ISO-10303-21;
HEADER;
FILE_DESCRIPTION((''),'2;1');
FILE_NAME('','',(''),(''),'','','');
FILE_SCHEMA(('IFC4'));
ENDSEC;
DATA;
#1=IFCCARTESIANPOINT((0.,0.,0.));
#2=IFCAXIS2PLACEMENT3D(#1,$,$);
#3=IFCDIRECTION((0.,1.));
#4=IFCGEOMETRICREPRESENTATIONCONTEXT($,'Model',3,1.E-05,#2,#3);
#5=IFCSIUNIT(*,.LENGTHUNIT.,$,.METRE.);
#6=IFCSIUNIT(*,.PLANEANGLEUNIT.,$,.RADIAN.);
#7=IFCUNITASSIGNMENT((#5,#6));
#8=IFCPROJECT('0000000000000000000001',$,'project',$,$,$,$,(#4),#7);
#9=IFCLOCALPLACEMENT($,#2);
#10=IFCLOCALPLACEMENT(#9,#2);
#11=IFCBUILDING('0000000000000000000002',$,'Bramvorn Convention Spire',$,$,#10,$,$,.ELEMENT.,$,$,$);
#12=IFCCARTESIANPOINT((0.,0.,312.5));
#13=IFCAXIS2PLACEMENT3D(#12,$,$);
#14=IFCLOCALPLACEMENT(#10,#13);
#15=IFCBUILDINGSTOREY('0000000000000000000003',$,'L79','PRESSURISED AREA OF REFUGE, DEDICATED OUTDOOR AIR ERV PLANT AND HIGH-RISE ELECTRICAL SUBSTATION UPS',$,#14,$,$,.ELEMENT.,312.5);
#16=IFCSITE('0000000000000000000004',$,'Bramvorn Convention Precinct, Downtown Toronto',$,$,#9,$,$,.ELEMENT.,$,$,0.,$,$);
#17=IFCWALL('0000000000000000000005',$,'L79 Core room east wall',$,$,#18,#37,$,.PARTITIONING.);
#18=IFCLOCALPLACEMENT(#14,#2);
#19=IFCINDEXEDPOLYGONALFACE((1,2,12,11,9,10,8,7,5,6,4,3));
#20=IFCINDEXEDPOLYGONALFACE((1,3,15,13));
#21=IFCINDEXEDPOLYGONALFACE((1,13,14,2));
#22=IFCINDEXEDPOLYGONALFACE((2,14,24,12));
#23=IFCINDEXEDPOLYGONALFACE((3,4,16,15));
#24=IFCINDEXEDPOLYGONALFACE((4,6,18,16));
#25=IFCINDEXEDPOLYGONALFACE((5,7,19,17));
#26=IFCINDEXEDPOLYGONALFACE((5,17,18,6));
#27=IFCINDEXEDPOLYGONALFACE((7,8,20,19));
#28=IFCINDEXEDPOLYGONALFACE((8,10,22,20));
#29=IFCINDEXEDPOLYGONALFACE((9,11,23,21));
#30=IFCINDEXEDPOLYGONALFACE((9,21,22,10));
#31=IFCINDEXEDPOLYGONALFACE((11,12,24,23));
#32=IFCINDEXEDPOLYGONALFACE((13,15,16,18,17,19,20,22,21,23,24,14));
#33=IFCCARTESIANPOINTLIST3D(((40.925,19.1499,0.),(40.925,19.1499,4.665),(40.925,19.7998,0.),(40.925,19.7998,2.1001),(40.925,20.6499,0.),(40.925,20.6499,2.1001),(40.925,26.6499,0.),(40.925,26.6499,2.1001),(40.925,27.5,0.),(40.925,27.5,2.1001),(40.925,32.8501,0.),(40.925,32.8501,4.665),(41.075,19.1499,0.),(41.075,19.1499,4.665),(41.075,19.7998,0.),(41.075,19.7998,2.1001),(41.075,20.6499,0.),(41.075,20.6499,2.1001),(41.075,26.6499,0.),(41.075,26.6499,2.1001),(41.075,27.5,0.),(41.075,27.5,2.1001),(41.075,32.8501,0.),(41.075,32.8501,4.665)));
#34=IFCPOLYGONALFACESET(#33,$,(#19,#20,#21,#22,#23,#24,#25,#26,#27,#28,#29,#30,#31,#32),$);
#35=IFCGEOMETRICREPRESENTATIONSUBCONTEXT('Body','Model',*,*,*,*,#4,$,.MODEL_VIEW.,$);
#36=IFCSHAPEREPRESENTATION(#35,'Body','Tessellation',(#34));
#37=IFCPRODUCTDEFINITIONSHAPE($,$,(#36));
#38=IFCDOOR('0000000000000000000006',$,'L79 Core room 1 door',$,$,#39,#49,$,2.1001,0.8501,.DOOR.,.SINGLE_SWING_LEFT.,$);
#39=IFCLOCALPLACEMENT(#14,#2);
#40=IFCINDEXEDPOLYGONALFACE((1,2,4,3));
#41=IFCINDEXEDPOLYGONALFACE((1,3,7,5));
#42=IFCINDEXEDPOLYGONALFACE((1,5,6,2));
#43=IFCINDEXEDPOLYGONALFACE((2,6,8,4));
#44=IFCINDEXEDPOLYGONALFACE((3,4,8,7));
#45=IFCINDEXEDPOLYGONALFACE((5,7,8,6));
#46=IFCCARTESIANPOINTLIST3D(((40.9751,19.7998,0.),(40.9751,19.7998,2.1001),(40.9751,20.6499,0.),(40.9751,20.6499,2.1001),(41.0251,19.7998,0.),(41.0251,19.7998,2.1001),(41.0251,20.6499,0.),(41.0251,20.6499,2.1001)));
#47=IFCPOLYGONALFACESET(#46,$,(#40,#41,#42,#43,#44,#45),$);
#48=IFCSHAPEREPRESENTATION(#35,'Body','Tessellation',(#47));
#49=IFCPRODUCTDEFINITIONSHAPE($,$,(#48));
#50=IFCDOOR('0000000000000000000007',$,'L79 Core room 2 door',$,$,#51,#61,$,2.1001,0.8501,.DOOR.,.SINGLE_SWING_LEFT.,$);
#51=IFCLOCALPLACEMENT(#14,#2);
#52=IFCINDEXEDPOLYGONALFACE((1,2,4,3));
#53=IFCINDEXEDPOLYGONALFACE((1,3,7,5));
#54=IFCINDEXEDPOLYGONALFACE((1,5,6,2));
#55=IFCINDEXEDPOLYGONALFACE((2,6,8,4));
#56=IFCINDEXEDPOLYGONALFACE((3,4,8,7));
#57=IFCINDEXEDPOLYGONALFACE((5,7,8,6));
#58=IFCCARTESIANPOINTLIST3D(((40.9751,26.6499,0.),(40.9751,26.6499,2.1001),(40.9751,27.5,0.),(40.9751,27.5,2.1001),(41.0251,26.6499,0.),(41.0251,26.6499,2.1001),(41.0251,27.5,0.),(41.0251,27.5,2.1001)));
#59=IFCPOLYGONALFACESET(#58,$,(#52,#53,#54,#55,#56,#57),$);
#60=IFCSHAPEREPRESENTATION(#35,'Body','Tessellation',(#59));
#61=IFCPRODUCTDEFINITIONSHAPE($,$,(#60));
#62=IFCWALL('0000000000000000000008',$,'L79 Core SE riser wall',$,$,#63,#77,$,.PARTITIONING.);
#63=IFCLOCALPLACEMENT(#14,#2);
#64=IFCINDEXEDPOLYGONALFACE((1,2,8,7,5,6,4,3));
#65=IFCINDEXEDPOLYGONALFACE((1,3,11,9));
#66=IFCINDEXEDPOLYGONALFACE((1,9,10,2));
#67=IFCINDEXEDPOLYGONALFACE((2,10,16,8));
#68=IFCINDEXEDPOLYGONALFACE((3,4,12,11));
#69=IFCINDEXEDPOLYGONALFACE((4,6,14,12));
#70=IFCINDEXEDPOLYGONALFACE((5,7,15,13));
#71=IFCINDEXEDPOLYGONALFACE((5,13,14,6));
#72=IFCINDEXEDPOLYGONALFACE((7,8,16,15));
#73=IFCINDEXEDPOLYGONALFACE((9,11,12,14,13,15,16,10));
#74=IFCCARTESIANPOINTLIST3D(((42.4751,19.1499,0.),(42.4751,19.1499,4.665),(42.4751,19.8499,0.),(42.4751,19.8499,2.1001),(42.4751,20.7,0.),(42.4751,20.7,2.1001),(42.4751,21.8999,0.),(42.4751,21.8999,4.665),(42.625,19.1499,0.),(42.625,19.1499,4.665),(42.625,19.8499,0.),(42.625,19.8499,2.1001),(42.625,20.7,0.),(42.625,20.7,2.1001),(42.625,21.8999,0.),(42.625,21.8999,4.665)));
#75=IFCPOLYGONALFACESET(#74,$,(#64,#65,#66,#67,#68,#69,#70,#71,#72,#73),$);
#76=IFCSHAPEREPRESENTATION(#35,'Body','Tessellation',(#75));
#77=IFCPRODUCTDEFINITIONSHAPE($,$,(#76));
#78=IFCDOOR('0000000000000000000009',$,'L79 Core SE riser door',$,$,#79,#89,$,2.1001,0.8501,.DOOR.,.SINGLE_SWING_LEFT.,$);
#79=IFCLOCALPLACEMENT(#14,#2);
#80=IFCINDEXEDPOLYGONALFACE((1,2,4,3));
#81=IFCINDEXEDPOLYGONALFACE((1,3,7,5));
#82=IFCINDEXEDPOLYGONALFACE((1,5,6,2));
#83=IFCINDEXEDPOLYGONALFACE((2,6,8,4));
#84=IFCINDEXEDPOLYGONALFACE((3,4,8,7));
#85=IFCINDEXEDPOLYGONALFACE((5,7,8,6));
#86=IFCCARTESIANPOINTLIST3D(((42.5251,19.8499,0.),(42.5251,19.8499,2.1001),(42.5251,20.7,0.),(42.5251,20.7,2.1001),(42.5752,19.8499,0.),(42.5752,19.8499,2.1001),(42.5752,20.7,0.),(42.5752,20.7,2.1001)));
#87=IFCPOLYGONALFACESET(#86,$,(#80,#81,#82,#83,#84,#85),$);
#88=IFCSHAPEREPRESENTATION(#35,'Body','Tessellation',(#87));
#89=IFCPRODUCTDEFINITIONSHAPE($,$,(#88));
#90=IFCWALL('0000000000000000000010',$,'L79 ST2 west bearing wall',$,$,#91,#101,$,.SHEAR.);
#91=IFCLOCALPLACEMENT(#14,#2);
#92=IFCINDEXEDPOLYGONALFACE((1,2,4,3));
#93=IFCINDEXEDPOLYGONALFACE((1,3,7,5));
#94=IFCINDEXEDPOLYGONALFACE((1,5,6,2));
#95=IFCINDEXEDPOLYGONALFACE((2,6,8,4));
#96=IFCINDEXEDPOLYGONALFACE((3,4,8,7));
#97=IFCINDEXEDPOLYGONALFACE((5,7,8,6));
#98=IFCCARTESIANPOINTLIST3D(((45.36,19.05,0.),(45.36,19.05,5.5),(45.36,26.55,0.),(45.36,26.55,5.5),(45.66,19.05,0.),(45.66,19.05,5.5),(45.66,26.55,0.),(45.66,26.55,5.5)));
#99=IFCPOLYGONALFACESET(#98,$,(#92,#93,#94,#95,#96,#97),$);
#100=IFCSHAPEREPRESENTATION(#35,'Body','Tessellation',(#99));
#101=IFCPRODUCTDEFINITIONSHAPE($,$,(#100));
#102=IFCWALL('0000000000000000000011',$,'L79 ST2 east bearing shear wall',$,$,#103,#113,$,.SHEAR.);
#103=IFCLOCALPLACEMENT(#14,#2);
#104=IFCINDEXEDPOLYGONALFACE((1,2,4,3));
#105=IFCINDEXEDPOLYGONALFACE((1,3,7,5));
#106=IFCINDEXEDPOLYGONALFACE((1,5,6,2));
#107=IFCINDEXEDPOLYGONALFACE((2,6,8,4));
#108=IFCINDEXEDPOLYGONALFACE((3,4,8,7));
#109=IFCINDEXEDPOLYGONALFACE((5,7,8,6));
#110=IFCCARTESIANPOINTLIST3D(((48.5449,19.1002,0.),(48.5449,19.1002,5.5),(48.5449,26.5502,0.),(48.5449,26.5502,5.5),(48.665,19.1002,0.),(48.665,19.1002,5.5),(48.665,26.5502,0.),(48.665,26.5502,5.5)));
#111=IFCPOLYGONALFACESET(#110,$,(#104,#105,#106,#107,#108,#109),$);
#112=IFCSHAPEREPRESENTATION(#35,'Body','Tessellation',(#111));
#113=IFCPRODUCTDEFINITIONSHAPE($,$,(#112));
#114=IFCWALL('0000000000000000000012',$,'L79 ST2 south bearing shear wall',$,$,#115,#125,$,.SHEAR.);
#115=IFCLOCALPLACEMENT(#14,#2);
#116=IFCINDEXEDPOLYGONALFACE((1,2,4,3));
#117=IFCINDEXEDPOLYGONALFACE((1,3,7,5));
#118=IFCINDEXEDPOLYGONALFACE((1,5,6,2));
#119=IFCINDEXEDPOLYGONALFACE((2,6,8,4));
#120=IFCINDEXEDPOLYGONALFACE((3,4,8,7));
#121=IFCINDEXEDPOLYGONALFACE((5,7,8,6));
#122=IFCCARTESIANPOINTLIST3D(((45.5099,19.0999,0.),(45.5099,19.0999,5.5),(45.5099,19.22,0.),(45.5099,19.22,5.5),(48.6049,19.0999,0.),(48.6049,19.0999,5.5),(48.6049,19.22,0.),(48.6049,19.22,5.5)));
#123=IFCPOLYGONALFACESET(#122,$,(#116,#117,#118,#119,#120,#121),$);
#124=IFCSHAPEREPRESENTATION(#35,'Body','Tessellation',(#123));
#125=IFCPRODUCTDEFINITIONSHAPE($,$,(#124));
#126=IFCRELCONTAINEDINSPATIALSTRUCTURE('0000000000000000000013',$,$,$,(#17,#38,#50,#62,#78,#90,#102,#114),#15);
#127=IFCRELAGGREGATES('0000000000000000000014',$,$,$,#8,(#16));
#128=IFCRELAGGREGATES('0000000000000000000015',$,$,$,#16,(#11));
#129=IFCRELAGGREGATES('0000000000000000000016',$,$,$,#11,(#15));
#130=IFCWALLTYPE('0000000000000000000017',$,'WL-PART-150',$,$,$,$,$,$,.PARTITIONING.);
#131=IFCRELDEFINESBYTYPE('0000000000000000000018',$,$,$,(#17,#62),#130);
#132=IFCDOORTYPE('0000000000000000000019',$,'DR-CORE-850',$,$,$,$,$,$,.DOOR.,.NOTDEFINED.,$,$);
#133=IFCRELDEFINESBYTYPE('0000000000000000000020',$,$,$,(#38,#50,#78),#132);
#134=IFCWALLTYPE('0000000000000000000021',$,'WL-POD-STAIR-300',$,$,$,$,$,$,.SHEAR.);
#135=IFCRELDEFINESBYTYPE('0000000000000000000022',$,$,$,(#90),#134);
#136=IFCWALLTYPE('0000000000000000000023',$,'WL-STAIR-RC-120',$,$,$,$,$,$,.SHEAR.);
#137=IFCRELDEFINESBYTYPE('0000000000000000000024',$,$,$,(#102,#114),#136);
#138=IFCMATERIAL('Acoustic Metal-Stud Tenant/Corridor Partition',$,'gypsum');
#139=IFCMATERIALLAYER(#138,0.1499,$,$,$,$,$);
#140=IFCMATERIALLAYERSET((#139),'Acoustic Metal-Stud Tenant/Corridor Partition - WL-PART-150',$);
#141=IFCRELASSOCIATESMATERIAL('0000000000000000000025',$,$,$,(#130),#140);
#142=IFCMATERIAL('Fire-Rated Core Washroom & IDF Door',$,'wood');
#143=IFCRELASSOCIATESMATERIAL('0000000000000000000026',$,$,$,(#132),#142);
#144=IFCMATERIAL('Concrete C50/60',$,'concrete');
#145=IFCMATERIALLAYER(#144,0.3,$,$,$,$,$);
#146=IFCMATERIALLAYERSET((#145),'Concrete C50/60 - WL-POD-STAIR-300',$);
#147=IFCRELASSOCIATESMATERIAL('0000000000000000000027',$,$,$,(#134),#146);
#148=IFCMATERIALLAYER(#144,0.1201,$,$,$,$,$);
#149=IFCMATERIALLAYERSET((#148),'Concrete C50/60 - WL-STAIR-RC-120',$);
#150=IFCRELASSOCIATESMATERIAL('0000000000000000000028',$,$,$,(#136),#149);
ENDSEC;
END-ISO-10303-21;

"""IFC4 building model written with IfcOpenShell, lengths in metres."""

from ifc_helpers import new_model, si_unit, direction, frame, frame_2d, origin, place, context, subcontext, project, spatial, rectangle, extrude, material, layer, layer_set, type_object, element, fill, save


model = new_model("IFC4")

# Units and contexts
model_context = context("Model", 3, precision=1e-05, world=origin(), true_north=direction((0.0, 1.0)))
body_context = subcontext(model_context, "Body", "Model", "MODEL_VIEW")
ifc_project = project(units=[si_unit("LENGTHUNIT", "METRE"), si_unit("PLANEANGLEUNIT", "RADIAN")], contexts=[model_context])

# Site, building, storey
site_placement = place(None, origin())
site = spatial("IfcSite", under=ifc_project, at=site_placement, Name="Bramvorn Convention Precinct, Downtown Toronto", CompositionType="ELEMENT", RefElevation=0.0)
building_placement = place(site_placement, origin())
building = spatial("IfcBuilding", under=site, at=building_placement, Name="Bramvorn Convention Spire", CompositionType="ELEMENT")
storey_placement = place(building_placement, frame((0.0, 0.0, 312.5)))
storey = spatial("IfcBuildingStorey", under=building, at=storey_placement, Name="L79", Description="PRESSURISED AREA OF REFUGE, DEDICATED OUTDOOR AIR ERV PLANT AND HIGH-RISE ELECTRICAL SUBSTATION UPS", CompositionType="ELEMENT", Elevation=312.5)

# Shared definitions
ifc_material_1 = material(Name="Concrete C50/60", Category="concrete")

# Wall, openings, doors
ifc_material_2 = material(Name="Acoustic Metal-Stud Tenant/Corridor Partition", Category="gypsum")
ifc_layer_1 = layer(ifc_material_2, 0.1499)
ifc_layer_set_1 = layer_set([ifc_layer_1], Name="Acoustic Metal-Stud Tenant/Corridor Partition - WL-PART-150")
wall_type_1 = type_object("IfcWallType", Name="WL-PART-150", PredefinedType="PARTITIONING", material=ifc_layer_set_1)
wall_1_placement = place(storey_placement, frame((41.0, 19.1499, 0.0), z_axis=(0.0, 0.0, 1.0), x_axis=(0.0, 1.0, 0.0)))
wall_1 = element("IfcWall", 1, at=wall_1_placement, inside=storey, type_object=wall_type_1, Name="L79 Core room east wall", PredefinedType="PARTITIONING", context=body_context, shape_type="SweptSolid", body=[
    extrude(rectangle(XDim=13.7002, YDim=0.1499, at=frame_2d((6.8501, 0.0))), origin(), (0.0, 0.0, 1.0), 4.665),
])
opening_1_placement = place(wall_1_placement, frame((0.6499, 0.0, 0.0)))
opening_1 = element("IfcOpeningElement", 2, at=opening_1_placement, cuts=wall_1, PredefinedType="OPENING", context=body_context, shape_type="SweptSolid", body=[
    extrude(rectangle(XDim=0.8501, YDim=2.1001, at=frame_2d((0.425, 1.05))), frame((0.0, 0.085, 0.0), z_axis=(0.0, -1.0, 0.0), x_axis=(1.0, 0.0, 0.0)), (0.0, 0.0, 1.0), 0.1699),
])
opening_2_placement = place(wall_1_placement, frame((7.5, 0.0, 0.0)))
opening_2 = element("IfcOpeningElement", 3, at=opening_2_placement, cuts=wall_1, PredefinedType="OPENING", context=body_context, shape_type="SweptSolid", body=[
    extrude(rectangle(XDim=0.8501, YDim=2.1001, at=frame_2d((0.425, 1.05))), frame((0.0, 0.085, 0.0), z_axis=(0.0, -1.0, 0.0), x_axis=(1.0, 0.0, 0.0)), (0.0, 0.0, 1.0), 0.1699),
])
ifc_material_3 = material(Name="Fire-Rated Core Washroom & IDF Door", Category="wood")
door_type_1 = type_object("IfcDoorType", Name="DR-CORE-850", OperationType="NOTDEFINED", PredefinedType="DOOR", material=ifc_material_3)
door_1_placement = place(opening_1_placement, origin())
door_1 = element("IfcDoor", 4, at=door_1_placement, inside=storey, type_object=door_type_1, Name="L79 Core room 1 door", OperationType="SINGLE_SWING_LEFT", OverallHeight=2.1001, OverallWidth=0.8501, PredefinedType="DOOR", context=body_context, shape_type="SweptSolid", body=[
    extrude(rectangle(XDim=0.8501, YDim=2.1001, at=frame_2d((0.425, 1.05))), frame((0.0, 0.0249, 0.0), z_axis=(0.0, -1.0, 0.0), x_axis=(1.0, 0.0, 0.0)), (0.0, 0.0, 1.0), 0.05),
])
fill(opening_1, door_1)
door_2_placement = place(opening_2_placement, origin())
door_2 = element("IfcDoor", 5, at=door_2_placement, inside=storey, type_object=door_type_1, Name="L79 Core room 2 door", OperationType="SINGLE_SWING_LEFT", OverallHeight=2.1001, OverallWidth=0.8501, PredefinedType="DOOR", context=body_context, shape_type="SweptSolid", body=[
    extrude(rectangle(XDim=0.8501, YDim=2.1001, at=frame_2d((0.425, 1.05))), frame((0.0, 0.0249, 0.0), z_axis=(0.0, -1.0, 0.0), x_axis=(1.0, 0.0, 0.0)), (0.0, 0.0, 1.0), 0.05),
])
fill(opening_2, door_2)

# Wall, opening, door
wall_2_placement = place(storey_placement, frame((42.55, 19.1499, 0.0), z_axis=(0.0, 0.0, 1.0), x_axis=(0.0, 1.0, 0.0)))
wall_2 = element("IfcWall", 6, at=wall_2_placement, inside=storey, type_object=wall_type_1, Name="L79 Core SE riser wall", PredefinedType="PARTITIONING", context=body_context, shape_type="SweptSolid", body=[
    extrude(rectangle(XDim=2.75, YDim=0.1499, at=frame_2d((1.375, 0.0))), origin(), (0.0, 0.0, 1.0), 4.665),
])
opening_3_placement = place(wall_2_placement, frame((0.7, 0.0, 0.0)))
opening_3 = element("IfcOpeningElement", 7, at=opening_3_placement, cuts=wall_2, PredefinedType="OPENING", context=body_context, shape_type="SweptSolid", body=[
    extrude(rectangle(XDim=0.8501, YDim=2.1001, at=frame_2d((0.425, 1.05))), frame((0.0, 0.085, 0.0), z_axis=(0.0, -1.0, 0.0), x_axis=(1.0, 0.0, 0.0)), (0.0, 0.0, 1.0), 0.1699),
])
door_3_placement = place(opening_3_placement, origin())
door_3 = element("IfcDoor", 8, at=door_3_placement, inside=storey, type_object=door_type_1, Name="L79 Core SE riser door", OperationType="SINGLE_SWING_LEFT", OverallHeight=2.1001, OverallWidth=0.8501, PredefinedType="DOOR", context=body_context, shape_type="SweptSolid", body=[
    extrude(rectangle(XDim=0.8501, YDim=2.1001, at=frame_2d((0.425, 1.05))), frame((0.0, 0.0249, 0.0), z_axis=(0.0, -1.0, 0.0), x_axis=(1.0, 0.0, 0.0)), (0.0, 0.0, 1.0), 0.05),
])
fill(opening_3, door_3)

# Walls
ifc_layer_2 = layer(ifc_material_1, 0.3)
ifc_layer_set_2 = layer_set([ifc_layer_2], Name="Concrete C50/60 - WL-POD-STAIR-300")
wall_type_2 = type_object("IfcWallType", Name="WL-POD-STAIR-300", PredefinedType="SHEAR", material=ifc_layer_set_2)
wall_3_placement = place(storey_placement, frame((45.51, 19.05, 0.0), z_axis=(0.0, 0.0, 1.0), x_axis=(0.0, 1.0, 0.0)))
element("IfcWall", 9, at=wall_3_placement, inside=storey, type_object=wall_type_2, Name="L79 ST2 west bearing wall", PredefinedType="SHEAR", context=body_context, shape_type="SweptSolid", body=[
    extrude(rectangle(XDim=7.5, YDim=0.3, at=frame_2d((3.75, 0.0))), origin(), (0.0, 0.0, 1.0), 5.5),
])
ifc_layer_3 = layer(ifc_material_1, 0.1201)
ifc_layer_set_3 = layer_set([ifc_layer_3], Name="Concrete C50/60 - WL-STAIR-RC-120")
wall_type_3 = type_object("IfcWallType", Name="WL-STAIR-RC-120", PredefinedType="SHEAR", material=ifc_layer_set_3)
wall_4_placement = place(storey_placement, frame((48.605, 19.1001, 0.0), z_axis=(0.0, 0.0, 1.0), x_axis=(0.0, 1.0, 0.0)))
element("IfcWall", 10, at=wall_4_placement, inside=storey, type_object=wall_type_3, Name="L79 ST2 east bearing shear wall", PredefinedType="SHEAR", context=body_context, shape_type="SweptSolid", body=[
    extrude(rectangle(XDim=7.45, YDim=0.1201, at=frame_2d((3.7251, 0.0))), origin(), (0.0, 0.0, 1.0), 5.5),
])
wall_5_placement = place(storey_placement, frame((45.51, 19.1599, 0.0), z_axis=(0.0, 0.0, 1.0), x_axis=(1.0, 0.0, 0.0)))
element("IfcWall", 11, at=wall_5_placement, inside=storey, type_object=wall_type_3, Name="L79 ST2 south bearing shear wall", PredefinedType="SHEAR", context=body_context, shape_type="SweptSolid", body=[
    extrude(rectangle(XDim=3.095, YDim=0.1201, at=frame_2d((1.5474, 0.0))), origin(), (0.0, 0.0, 1.0), 5.5),
])

save(model, "model.ifc")
